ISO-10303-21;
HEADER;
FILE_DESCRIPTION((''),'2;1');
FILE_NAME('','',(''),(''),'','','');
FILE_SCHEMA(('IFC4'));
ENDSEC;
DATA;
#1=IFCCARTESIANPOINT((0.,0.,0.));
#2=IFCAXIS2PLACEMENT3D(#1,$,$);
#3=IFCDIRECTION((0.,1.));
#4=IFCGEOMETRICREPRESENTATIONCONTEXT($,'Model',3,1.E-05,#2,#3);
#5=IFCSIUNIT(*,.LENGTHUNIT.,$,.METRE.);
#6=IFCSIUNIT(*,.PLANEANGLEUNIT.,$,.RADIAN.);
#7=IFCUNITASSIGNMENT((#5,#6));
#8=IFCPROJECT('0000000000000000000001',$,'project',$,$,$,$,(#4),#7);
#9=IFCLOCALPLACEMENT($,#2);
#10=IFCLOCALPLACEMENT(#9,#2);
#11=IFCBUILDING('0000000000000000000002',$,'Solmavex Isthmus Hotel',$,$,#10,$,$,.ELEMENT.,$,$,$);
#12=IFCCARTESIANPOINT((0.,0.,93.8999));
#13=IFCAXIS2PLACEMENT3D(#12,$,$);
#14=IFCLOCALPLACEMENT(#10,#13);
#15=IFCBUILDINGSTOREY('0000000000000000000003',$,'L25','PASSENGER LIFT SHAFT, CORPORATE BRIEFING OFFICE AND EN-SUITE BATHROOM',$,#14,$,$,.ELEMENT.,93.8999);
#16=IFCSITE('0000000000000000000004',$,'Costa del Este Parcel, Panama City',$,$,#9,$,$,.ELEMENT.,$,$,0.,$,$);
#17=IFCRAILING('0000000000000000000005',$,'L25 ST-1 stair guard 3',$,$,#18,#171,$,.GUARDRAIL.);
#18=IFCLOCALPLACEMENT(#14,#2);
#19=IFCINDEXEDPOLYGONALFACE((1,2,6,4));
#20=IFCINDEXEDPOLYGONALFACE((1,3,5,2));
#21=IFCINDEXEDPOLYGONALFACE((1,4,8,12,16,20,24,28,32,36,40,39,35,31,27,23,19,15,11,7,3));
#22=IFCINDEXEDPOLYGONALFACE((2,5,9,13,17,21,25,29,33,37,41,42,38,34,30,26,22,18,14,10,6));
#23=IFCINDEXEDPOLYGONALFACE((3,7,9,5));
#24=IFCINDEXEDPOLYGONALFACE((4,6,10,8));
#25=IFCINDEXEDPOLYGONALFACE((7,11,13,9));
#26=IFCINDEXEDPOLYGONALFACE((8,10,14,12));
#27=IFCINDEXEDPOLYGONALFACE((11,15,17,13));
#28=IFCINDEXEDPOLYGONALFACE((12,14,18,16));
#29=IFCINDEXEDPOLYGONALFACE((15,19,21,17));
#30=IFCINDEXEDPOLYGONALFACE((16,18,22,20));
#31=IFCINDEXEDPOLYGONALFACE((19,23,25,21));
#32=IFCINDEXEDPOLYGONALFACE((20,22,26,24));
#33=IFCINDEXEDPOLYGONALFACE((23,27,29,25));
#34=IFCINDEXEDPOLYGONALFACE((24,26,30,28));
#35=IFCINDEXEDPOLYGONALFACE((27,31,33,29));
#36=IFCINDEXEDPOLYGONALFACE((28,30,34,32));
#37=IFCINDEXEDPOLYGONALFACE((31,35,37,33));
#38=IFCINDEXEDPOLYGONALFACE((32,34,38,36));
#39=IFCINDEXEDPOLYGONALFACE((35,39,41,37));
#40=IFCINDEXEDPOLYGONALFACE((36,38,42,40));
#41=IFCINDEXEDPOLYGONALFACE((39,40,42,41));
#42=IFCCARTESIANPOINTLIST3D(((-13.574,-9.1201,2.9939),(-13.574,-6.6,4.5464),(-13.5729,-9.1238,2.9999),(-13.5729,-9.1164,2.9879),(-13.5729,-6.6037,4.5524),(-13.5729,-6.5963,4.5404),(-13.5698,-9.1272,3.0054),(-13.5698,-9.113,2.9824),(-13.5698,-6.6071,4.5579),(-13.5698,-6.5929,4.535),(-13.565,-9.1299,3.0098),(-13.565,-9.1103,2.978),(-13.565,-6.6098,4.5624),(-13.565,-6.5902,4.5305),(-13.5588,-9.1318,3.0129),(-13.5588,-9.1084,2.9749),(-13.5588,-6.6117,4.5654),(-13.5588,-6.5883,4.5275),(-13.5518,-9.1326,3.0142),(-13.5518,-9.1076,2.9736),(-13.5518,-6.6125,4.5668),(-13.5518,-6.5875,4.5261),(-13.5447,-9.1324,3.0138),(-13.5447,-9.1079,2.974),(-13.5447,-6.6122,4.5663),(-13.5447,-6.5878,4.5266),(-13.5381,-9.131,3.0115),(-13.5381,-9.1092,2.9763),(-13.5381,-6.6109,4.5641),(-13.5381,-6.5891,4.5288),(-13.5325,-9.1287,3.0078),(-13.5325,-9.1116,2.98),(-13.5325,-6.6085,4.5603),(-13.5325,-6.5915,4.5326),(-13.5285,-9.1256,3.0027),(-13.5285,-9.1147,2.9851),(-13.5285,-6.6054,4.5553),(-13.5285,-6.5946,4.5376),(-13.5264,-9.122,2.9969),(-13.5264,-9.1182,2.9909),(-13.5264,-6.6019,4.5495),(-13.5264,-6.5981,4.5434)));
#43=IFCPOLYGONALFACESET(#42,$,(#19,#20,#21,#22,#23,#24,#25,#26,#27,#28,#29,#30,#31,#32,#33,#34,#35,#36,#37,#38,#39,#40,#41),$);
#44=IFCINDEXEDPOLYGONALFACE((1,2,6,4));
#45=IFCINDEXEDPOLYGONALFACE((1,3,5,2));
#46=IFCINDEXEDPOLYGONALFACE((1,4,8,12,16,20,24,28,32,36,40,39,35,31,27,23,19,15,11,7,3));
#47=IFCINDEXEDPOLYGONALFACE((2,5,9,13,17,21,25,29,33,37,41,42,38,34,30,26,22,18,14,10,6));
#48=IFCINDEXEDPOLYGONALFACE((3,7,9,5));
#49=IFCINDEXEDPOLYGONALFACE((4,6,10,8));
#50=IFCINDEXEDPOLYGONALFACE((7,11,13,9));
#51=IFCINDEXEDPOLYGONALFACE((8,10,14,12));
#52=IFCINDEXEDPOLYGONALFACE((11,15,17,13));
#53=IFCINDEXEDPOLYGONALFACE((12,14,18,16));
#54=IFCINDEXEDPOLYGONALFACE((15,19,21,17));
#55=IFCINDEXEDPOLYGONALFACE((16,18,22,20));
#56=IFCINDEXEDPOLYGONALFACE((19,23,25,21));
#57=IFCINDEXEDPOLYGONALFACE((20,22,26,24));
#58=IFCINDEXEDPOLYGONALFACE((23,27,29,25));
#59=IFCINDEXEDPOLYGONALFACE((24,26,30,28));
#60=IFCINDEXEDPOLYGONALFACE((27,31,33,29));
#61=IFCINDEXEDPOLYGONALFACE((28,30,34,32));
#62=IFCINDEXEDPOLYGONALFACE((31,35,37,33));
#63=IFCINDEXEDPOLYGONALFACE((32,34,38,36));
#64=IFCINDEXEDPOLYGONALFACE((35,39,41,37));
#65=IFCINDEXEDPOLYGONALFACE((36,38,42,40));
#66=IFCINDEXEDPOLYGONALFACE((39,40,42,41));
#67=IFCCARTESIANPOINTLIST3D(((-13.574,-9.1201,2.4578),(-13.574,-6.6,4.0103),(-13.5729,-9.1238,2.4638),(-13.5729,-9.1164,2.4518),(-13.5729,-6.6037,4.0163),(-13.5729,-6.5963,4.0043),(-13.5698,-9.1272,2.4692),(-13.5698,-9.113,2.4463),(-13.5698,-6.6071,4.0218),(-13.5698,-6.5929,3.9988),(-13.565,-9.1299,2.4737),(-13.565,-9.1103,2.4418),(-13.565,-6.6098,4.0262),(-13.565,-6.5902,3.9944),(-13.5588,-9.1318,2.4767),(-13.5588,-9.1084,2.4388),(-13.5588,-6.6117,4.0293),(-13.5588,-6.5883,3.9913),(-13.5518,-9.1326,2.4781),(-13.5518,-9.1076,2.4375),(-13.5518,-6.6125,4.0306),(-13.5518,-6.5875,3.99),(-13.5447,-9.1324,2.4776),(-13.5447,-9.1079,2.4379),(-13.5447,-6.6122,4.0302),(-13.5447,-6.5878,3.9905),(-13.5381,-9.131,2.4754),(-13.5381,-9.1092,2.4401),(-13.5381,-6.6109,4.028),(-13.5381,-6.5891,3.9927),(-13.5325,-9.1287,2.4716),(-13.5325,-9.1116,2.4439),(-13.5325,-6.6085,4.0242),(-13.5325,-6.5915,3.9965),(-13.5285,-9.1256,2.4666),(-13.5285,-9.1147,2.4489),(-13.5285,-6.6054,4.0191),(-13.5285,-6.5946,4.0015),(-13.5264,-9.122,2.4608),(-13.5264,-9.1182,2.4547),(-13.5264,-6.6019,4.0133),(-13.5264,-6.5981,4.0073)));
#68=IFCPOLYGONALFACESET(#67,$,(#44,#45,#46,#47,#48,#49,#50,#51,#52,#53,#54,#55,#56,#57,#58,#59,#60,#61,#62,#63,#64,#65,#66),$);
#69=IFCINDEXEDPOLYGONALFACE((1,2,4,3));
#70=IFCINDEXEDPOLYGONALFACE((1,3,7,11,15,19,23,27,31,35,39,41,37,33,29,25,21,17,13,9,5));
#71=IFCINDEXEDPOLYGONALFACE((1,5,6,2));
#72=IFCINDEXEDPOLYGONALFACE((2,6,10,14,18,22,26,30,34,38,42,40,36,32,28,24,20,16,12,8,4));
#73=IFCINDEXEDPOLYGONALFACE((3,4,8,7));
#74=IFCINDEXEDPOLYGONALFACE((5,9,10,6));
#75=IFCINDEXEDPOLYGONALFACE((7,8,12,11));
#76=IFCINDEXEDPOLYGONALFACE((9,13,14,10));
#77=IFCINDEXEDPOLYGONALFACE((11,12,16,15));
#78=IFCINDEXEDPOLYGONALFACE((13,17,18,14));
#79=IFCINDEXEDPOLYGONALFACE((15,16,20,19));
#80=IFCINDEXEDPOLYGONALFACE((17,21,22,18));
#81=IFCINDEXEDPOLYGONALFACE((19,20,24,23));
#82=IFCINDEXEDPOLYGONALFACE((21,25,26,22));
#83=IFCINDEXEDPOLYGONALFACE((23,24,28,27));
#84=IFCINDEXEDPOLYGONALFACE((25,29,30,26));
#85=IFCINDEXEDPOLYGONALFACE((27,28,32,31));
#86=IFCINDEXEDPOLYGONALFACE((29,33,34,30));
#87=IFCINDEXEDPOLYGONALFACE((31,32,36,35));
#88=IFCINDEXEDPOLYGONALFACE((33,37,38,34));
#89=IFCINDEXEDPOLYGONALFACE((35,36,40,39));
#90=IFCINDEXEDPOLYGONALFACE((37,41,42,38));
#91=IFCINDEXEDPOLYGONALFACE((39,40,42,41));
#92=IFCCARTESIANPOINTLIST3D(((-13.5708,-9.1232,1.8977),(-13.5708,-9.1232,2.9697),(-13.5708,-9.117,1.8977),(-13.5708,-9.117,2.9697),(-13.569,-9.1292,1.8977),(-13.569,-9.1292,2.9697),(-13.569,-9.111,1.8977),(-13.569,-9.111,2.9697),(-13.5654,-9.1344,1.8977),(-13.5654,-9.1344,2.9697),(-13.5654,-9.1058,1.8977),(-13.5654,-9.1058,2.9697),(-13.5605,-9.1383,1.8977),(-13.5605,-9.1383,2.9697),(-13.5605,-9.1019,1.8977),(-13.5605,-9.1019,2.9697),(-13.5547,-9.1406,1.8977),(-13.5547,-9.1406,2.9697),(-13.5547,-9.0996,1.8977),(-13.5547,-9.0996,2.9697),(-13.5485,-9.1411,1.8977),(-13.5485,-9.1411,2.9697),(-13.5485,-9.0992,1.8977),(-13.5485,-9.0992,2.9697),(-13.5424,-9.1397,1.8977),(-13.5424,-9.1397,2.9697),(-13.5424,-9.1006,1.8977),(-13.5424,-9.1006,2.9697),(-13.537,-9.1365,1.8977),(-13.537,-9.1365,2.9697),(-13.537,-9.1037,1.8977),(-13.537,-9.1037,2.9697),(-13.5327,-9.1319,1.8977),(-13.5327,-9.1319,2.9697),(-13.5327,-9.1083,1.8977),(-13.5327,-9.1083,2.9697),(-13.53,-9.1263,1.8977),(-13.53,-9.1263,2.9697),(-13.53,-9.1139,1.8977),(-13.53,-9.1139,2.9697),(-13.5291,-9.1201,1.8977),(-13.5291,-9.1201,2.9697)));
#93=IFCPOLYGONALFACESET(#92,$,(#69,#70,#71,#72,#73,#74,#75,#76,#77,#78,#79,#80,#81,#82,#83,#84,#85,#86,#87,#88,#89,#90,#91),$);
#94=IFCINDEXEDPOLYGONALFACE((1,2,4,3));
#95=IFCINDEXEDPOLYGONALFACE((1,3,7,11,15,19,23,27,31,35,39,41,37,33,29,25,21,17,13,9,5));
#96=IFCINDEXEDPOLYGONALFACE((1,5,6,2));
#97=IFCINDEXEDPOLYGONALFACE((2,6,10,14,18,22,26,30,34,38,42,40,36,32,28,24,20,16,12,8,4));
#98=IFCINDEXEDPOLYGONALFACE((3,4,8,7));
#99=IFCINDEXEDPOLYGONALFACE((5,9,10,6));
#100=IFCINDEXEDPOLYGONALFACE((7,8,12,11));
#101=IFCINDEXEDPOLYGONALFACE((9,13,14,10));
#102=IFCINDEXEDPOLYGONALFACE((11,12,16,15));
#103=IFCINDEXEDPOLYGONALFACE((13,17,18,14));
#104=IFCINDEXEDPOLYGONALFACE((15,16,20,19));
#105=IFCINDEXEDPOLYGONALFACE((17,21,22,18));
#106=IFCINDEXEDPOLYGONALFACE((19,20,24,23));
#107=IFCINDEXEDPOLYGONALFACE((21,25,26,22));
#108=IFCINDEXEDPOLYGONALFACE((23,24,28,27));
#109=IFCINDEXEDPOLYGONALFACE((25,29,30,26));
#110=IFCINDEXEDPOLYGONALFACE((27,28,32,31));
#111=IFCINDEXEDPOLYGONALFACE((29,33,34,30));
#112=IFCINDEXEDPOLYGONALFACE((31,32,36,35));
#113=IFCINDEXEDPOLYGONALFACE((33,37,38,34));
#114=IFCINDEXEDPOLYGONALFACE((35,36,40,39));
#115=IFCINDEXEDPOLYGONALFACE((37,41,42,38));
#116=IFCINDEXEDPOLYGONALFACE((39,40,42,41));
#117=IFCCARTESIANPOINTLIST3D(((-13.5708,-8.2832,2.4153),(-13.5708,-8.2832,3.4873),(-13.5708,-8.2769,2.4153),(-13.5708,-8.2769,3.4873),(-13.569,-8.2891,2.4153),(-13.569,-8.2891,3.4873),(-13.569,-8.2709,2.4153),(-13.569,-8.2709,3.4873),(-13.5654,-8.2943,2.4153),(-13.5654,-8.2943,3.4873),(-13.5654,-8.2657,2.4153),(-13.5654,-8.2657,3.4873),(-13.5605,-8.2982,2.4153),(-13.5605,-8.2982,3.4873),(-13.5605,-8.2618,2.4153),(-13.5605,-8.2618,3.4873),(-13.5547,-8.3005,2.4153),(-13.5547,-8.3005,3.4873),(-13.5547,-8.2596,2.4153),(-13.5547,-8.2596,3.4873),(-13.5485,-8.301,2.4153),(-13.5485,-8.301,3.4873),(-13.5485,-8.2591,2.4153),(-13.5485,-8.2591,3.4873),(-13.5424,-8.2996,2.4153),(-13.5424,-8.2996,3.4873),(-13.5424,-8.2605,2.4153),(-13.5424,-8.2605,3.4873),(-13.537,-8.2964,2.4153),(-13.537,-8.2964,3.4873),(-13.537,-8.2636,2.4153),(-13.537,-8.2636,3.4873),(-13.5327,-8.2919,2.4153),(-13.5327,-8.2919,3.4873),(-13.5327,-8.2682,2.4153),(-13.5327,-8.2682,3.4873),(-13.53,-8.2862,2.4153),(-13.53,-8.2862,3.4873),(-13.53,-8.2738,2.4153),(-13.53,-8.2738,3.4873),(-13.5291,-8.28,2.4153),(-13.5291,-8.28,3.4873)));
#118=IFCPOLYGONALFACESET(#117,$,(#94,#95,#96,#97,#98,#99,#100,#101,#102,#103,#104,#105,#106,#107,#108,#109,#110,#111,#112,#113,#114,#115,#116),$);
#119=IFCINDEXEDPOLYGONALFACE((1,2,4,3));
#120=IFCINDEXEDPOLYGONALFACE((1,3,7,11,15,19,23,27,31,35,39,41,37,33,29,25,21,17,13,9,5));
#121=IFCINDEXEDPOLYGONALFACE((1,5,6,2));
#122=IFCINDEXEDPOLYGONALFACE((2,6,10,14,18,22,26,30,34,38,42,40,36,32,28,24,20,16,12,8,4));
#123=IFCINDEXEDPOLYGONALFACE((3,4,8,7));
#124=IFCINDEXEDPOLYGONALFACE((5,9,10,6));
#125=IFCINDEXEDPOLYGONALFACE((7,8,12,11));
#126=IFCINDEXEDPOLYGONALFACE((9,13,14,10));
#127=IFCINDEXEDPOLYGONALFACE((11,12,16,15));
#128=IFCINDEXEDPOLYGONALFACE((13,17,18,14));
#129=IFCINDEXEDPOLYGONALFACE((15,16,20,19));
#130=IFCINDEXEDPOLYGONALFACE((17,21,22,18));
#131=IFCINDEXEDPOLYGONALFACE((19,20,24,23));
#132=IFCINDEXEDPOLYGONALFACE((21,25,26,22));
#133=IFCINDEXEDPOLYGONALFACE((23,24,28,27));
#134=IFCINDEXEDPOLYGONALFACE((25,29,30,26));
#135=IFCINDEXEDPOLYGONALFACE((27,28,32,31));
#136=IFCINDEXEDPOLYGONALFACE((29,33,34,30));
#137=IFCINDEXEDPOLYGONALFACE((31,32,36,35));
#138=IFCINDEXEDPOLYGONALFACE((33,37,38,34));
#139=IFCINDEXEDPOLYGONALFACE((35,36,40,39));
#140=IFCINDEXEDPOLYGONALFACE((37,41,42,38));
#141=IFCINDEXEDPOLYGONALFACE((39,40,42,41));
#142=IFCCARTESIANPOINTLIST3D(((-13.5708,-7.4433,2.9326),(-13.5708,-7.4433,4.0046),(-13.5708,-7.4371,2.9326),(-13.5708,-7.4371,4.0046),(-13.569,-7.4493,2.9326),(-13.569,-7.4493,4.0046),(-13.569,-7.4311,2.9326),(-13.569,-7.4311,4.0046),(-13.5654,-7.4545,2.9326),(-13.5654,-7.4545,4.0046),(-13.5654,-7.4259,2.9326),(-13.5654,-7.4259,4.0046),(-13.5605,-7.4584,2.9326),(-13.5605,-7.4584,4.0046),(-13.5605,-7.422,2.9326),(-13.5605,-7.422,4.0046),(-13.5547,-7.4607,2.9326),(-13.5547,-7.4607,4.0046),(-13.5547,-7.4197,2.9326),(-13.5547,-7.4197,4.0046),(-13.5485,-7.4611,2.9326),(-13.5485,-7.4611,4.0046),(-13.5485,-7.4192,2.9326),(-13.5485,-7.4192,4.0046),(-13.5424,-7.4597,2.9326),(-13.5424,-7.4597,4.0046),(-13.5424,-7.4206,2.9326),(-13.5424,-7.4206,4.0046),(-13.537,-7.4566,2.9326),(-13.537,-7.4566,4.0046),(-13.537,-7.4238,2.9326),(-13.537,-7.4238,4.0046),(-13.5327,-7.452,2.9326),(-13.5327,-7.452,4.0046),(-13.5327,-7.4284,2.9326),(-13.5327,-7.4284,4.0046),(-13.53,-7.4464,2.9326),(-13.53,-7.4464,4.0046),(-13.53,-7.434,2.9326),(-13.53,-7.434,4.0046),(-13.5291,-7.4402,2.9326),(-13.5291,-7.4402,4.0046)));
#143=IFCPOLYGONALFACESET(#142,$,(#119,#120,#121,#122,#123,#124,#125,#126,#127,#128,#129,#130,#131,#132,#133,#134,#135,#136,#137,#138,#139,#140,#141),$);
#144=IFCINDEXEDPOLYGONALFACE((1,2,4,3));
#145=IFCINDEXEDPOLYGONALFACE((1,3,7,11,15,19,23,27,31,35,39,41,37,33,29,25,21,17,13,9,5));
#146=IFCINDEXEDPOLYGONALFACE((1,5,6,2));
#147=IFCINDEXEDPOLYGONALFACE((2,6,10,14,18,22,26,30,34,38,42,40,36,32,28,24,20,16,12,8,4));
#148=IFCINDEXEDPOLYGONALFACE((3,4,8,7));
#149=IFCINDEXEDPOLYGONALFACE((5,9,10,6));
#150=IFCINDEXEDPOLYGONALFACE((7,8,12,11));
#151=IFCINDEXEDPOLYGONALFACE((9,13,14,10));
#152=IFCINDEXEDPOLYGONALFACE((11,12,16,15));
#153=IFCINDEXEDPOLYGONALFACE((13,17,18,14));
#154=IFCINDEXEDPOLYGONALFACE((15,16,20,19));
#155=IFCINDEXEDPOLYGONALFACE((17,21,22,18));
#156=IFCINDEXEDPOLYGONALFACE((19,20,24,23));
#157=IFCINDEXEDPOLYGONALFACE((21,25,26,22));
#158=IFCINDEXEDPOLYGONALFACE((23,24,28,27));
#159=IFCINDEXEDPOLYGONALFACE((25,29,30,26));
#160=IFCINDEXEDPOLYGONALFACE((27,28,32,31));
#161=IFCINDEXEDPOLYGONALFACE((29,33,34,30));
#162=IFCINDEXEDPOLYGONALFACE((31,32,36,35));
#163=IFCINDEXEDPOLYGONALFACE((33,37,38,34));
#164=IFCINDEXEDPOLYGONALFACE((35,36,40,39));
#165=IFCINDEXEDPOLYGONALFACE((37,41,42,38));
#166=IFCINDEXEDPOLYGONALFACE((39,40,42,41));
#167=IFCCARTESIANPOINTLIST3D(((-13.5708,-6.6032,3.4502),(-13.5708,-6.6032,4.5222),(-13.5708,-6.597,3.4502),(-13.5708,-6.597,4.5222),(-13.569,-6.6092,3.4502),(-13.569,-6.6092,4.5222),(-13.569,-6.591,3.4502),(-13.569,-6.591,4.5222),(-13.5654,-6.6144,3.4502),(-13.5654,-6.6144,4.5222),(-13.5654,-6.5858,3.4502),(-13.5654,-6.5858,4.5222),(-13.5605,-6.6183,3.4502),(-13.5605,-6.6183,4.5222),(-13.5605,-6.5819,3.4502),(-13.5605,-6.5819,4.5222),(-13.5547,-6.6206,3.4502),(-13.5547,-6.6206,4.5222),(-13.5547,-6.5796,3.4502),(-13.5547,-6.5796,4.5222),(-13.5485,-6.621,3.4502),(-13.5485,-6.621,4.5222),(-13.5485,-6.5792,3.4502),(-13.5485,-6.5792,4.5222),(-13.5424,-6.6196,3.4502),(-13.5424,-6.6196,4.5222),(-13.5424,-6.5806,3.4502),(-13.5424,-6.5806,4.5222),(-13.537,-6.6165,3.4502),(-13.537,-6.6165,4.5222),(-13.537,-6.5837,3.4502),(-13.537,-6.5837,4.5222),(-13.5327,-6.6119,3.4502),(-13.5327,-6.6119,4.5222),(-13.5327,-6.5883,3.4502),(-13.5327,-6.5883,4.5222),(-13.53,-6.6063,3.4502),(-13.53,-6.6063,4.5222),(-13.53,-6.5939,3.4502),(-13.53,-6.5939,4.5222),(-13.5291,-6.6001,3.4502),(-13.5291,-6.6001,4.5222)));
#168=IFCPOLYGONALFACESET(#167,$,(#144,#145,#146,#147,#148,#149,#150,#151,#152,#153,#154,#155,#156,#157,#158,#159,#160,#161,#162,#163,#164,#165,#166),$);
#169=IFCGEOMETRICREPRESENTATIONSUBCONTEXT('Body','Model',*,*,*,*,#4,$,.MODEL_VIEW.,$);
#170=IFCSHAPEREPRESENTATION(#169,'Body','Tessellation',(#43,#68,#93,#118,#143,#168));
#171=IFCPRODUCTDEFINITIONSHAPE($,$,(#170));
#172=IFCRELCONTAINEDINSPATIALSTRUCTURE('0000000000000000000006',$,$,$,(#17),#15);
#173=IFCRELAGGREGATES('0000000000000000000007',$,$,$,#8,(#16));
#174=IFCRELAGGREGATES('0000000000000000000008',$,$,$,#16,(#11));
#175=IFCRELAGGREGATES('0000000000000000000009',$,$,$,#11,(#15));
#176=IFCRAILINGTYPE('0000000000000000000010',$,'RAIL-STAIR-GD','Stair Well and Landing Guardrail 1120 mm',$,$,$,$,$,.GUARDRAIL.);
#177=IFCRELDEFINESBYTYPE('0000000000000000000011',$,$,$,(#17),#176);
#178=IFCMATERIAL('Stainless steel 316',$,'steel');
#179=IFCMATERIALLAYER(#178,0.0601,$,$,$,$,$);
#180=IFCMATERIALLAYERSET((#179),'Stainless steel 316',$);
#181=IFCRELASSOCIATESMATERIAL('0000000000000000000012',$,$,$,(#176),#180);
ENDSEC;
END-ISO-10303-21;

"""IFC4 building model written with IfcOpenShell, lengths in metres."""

from ifc_helpers import new_model, si_unit, direction, frame, origin, origin_2d, place, context, subcontext, project, spatial, circle, extrude, material, layer, layer_set, type_object, element, save


model = new_model("IFC4")

# Units and contexts
model_context = context("Model", 3, precision=1e-05, world=origin(), true_north=direction((0.0, 1.0)))
body_context = subcontext(model_context, "Body", "Model", "MODEL_VIEW")
ifc_project = project(units=[si_unit("LENGTHUNIT", "METRE"), si_unit("PLANEANGLEUNIT", "RADIAN")], contexts=[model_context])

# Site, building, storey
site_placement = place(None, origin())
site = spatial("IfcSite", under=ifc_project, at=site_placement, Name="Costa del Este Parcel, Panama City", CompositionType="ELEMENT", RefElevation=0.0)
building_placement = place(site_placement, origin())
building = spatial("IfcBuilding", under=site, at=building_placement, Name="Solmavex Isthmus Hotel", CompositionType="ELEMENT")
storey_placement = place(building_placement, frame((0.0, 0.0, 93.8999)))
storey = spatial("IfcBuildingStorey", under=building, at=storey_placement, Name="L25", Description="PASSENGER LIFT SHAFT, CORPORATE BRIEFING OFFICE AND EN-SUITE BATHROOM", CompositionType="ELEMENT", Elevation=93.8999)

# Shared definitions
ifc_material_1 = material(Name="Stainless steel 316", Category="steel")

# Railing
ifc_layer_1 = layer(ifc_material_1, 0.0601)
ifc_layer_set_1 = layer_set([ifc_layer_1], Name="Stainless steel 316")
railing_type_1 = type_object("IfcRailingType", Name="RAIL-STAIR-GD", Description="Stair Well and Landing Guardrail 1120 mm", PredefinedType="GUARDRAIL", material=ifc_layer_set_1)
railing_1_placement = place(storey_placement, frame((-13.55, -9.1201, 1.8977)))
element("IfcRailing", 1, at=railing_1_placement, inside=storey, type_object=railing_type_1, Name="L25 ST-1 stair guard 3", PredefinedType="GUARDRAIL", context=body_context, shape_type="SweptSolid", body=[
    extrude(circle(Radius=0.0239, at=origin_2d()), frame((0.0, 0.0, 1.0962), z_axis=(0.0, 0.8514, 0.524516), x_axis=(-1.0, 0.0, 0.0)), (0.0, 0.0, 1.0), 2.96),
    extrude(circle(Radius=0.0239, at=origin_2d()), frame((0.0, 0.0, 0.5601), z_axis=(0.0, 0.8514, 0.524516), x_axis=(-1.0, 0.0, 0.0)), (0.0, 0.0, 1.0), 2.96),
    extrude(circle(Radius=0.021, at=origin_2d()), origin(), (0.0, 0.0, 1.0), 1.072),
    extrude(circle(Radius=0.021, at=origin_2d()), frame((0.0, 0.8401, 0.5176)), (0.0, 0.0, 1.0), 1.072),
    extrude(circle(Radius=0.021, at=origin_2d()), frame((0.0, 1.6799, 1.0349)), (0.0, 0.0, 1.0), 1.072),
    extrude(circle(Radius=0.021, at=origin_2d()), frame((0.0, 2.52, 1.5525)), (0.0, 0.0, 1.0), 1.072),
])

save(model, "model.ifc")
